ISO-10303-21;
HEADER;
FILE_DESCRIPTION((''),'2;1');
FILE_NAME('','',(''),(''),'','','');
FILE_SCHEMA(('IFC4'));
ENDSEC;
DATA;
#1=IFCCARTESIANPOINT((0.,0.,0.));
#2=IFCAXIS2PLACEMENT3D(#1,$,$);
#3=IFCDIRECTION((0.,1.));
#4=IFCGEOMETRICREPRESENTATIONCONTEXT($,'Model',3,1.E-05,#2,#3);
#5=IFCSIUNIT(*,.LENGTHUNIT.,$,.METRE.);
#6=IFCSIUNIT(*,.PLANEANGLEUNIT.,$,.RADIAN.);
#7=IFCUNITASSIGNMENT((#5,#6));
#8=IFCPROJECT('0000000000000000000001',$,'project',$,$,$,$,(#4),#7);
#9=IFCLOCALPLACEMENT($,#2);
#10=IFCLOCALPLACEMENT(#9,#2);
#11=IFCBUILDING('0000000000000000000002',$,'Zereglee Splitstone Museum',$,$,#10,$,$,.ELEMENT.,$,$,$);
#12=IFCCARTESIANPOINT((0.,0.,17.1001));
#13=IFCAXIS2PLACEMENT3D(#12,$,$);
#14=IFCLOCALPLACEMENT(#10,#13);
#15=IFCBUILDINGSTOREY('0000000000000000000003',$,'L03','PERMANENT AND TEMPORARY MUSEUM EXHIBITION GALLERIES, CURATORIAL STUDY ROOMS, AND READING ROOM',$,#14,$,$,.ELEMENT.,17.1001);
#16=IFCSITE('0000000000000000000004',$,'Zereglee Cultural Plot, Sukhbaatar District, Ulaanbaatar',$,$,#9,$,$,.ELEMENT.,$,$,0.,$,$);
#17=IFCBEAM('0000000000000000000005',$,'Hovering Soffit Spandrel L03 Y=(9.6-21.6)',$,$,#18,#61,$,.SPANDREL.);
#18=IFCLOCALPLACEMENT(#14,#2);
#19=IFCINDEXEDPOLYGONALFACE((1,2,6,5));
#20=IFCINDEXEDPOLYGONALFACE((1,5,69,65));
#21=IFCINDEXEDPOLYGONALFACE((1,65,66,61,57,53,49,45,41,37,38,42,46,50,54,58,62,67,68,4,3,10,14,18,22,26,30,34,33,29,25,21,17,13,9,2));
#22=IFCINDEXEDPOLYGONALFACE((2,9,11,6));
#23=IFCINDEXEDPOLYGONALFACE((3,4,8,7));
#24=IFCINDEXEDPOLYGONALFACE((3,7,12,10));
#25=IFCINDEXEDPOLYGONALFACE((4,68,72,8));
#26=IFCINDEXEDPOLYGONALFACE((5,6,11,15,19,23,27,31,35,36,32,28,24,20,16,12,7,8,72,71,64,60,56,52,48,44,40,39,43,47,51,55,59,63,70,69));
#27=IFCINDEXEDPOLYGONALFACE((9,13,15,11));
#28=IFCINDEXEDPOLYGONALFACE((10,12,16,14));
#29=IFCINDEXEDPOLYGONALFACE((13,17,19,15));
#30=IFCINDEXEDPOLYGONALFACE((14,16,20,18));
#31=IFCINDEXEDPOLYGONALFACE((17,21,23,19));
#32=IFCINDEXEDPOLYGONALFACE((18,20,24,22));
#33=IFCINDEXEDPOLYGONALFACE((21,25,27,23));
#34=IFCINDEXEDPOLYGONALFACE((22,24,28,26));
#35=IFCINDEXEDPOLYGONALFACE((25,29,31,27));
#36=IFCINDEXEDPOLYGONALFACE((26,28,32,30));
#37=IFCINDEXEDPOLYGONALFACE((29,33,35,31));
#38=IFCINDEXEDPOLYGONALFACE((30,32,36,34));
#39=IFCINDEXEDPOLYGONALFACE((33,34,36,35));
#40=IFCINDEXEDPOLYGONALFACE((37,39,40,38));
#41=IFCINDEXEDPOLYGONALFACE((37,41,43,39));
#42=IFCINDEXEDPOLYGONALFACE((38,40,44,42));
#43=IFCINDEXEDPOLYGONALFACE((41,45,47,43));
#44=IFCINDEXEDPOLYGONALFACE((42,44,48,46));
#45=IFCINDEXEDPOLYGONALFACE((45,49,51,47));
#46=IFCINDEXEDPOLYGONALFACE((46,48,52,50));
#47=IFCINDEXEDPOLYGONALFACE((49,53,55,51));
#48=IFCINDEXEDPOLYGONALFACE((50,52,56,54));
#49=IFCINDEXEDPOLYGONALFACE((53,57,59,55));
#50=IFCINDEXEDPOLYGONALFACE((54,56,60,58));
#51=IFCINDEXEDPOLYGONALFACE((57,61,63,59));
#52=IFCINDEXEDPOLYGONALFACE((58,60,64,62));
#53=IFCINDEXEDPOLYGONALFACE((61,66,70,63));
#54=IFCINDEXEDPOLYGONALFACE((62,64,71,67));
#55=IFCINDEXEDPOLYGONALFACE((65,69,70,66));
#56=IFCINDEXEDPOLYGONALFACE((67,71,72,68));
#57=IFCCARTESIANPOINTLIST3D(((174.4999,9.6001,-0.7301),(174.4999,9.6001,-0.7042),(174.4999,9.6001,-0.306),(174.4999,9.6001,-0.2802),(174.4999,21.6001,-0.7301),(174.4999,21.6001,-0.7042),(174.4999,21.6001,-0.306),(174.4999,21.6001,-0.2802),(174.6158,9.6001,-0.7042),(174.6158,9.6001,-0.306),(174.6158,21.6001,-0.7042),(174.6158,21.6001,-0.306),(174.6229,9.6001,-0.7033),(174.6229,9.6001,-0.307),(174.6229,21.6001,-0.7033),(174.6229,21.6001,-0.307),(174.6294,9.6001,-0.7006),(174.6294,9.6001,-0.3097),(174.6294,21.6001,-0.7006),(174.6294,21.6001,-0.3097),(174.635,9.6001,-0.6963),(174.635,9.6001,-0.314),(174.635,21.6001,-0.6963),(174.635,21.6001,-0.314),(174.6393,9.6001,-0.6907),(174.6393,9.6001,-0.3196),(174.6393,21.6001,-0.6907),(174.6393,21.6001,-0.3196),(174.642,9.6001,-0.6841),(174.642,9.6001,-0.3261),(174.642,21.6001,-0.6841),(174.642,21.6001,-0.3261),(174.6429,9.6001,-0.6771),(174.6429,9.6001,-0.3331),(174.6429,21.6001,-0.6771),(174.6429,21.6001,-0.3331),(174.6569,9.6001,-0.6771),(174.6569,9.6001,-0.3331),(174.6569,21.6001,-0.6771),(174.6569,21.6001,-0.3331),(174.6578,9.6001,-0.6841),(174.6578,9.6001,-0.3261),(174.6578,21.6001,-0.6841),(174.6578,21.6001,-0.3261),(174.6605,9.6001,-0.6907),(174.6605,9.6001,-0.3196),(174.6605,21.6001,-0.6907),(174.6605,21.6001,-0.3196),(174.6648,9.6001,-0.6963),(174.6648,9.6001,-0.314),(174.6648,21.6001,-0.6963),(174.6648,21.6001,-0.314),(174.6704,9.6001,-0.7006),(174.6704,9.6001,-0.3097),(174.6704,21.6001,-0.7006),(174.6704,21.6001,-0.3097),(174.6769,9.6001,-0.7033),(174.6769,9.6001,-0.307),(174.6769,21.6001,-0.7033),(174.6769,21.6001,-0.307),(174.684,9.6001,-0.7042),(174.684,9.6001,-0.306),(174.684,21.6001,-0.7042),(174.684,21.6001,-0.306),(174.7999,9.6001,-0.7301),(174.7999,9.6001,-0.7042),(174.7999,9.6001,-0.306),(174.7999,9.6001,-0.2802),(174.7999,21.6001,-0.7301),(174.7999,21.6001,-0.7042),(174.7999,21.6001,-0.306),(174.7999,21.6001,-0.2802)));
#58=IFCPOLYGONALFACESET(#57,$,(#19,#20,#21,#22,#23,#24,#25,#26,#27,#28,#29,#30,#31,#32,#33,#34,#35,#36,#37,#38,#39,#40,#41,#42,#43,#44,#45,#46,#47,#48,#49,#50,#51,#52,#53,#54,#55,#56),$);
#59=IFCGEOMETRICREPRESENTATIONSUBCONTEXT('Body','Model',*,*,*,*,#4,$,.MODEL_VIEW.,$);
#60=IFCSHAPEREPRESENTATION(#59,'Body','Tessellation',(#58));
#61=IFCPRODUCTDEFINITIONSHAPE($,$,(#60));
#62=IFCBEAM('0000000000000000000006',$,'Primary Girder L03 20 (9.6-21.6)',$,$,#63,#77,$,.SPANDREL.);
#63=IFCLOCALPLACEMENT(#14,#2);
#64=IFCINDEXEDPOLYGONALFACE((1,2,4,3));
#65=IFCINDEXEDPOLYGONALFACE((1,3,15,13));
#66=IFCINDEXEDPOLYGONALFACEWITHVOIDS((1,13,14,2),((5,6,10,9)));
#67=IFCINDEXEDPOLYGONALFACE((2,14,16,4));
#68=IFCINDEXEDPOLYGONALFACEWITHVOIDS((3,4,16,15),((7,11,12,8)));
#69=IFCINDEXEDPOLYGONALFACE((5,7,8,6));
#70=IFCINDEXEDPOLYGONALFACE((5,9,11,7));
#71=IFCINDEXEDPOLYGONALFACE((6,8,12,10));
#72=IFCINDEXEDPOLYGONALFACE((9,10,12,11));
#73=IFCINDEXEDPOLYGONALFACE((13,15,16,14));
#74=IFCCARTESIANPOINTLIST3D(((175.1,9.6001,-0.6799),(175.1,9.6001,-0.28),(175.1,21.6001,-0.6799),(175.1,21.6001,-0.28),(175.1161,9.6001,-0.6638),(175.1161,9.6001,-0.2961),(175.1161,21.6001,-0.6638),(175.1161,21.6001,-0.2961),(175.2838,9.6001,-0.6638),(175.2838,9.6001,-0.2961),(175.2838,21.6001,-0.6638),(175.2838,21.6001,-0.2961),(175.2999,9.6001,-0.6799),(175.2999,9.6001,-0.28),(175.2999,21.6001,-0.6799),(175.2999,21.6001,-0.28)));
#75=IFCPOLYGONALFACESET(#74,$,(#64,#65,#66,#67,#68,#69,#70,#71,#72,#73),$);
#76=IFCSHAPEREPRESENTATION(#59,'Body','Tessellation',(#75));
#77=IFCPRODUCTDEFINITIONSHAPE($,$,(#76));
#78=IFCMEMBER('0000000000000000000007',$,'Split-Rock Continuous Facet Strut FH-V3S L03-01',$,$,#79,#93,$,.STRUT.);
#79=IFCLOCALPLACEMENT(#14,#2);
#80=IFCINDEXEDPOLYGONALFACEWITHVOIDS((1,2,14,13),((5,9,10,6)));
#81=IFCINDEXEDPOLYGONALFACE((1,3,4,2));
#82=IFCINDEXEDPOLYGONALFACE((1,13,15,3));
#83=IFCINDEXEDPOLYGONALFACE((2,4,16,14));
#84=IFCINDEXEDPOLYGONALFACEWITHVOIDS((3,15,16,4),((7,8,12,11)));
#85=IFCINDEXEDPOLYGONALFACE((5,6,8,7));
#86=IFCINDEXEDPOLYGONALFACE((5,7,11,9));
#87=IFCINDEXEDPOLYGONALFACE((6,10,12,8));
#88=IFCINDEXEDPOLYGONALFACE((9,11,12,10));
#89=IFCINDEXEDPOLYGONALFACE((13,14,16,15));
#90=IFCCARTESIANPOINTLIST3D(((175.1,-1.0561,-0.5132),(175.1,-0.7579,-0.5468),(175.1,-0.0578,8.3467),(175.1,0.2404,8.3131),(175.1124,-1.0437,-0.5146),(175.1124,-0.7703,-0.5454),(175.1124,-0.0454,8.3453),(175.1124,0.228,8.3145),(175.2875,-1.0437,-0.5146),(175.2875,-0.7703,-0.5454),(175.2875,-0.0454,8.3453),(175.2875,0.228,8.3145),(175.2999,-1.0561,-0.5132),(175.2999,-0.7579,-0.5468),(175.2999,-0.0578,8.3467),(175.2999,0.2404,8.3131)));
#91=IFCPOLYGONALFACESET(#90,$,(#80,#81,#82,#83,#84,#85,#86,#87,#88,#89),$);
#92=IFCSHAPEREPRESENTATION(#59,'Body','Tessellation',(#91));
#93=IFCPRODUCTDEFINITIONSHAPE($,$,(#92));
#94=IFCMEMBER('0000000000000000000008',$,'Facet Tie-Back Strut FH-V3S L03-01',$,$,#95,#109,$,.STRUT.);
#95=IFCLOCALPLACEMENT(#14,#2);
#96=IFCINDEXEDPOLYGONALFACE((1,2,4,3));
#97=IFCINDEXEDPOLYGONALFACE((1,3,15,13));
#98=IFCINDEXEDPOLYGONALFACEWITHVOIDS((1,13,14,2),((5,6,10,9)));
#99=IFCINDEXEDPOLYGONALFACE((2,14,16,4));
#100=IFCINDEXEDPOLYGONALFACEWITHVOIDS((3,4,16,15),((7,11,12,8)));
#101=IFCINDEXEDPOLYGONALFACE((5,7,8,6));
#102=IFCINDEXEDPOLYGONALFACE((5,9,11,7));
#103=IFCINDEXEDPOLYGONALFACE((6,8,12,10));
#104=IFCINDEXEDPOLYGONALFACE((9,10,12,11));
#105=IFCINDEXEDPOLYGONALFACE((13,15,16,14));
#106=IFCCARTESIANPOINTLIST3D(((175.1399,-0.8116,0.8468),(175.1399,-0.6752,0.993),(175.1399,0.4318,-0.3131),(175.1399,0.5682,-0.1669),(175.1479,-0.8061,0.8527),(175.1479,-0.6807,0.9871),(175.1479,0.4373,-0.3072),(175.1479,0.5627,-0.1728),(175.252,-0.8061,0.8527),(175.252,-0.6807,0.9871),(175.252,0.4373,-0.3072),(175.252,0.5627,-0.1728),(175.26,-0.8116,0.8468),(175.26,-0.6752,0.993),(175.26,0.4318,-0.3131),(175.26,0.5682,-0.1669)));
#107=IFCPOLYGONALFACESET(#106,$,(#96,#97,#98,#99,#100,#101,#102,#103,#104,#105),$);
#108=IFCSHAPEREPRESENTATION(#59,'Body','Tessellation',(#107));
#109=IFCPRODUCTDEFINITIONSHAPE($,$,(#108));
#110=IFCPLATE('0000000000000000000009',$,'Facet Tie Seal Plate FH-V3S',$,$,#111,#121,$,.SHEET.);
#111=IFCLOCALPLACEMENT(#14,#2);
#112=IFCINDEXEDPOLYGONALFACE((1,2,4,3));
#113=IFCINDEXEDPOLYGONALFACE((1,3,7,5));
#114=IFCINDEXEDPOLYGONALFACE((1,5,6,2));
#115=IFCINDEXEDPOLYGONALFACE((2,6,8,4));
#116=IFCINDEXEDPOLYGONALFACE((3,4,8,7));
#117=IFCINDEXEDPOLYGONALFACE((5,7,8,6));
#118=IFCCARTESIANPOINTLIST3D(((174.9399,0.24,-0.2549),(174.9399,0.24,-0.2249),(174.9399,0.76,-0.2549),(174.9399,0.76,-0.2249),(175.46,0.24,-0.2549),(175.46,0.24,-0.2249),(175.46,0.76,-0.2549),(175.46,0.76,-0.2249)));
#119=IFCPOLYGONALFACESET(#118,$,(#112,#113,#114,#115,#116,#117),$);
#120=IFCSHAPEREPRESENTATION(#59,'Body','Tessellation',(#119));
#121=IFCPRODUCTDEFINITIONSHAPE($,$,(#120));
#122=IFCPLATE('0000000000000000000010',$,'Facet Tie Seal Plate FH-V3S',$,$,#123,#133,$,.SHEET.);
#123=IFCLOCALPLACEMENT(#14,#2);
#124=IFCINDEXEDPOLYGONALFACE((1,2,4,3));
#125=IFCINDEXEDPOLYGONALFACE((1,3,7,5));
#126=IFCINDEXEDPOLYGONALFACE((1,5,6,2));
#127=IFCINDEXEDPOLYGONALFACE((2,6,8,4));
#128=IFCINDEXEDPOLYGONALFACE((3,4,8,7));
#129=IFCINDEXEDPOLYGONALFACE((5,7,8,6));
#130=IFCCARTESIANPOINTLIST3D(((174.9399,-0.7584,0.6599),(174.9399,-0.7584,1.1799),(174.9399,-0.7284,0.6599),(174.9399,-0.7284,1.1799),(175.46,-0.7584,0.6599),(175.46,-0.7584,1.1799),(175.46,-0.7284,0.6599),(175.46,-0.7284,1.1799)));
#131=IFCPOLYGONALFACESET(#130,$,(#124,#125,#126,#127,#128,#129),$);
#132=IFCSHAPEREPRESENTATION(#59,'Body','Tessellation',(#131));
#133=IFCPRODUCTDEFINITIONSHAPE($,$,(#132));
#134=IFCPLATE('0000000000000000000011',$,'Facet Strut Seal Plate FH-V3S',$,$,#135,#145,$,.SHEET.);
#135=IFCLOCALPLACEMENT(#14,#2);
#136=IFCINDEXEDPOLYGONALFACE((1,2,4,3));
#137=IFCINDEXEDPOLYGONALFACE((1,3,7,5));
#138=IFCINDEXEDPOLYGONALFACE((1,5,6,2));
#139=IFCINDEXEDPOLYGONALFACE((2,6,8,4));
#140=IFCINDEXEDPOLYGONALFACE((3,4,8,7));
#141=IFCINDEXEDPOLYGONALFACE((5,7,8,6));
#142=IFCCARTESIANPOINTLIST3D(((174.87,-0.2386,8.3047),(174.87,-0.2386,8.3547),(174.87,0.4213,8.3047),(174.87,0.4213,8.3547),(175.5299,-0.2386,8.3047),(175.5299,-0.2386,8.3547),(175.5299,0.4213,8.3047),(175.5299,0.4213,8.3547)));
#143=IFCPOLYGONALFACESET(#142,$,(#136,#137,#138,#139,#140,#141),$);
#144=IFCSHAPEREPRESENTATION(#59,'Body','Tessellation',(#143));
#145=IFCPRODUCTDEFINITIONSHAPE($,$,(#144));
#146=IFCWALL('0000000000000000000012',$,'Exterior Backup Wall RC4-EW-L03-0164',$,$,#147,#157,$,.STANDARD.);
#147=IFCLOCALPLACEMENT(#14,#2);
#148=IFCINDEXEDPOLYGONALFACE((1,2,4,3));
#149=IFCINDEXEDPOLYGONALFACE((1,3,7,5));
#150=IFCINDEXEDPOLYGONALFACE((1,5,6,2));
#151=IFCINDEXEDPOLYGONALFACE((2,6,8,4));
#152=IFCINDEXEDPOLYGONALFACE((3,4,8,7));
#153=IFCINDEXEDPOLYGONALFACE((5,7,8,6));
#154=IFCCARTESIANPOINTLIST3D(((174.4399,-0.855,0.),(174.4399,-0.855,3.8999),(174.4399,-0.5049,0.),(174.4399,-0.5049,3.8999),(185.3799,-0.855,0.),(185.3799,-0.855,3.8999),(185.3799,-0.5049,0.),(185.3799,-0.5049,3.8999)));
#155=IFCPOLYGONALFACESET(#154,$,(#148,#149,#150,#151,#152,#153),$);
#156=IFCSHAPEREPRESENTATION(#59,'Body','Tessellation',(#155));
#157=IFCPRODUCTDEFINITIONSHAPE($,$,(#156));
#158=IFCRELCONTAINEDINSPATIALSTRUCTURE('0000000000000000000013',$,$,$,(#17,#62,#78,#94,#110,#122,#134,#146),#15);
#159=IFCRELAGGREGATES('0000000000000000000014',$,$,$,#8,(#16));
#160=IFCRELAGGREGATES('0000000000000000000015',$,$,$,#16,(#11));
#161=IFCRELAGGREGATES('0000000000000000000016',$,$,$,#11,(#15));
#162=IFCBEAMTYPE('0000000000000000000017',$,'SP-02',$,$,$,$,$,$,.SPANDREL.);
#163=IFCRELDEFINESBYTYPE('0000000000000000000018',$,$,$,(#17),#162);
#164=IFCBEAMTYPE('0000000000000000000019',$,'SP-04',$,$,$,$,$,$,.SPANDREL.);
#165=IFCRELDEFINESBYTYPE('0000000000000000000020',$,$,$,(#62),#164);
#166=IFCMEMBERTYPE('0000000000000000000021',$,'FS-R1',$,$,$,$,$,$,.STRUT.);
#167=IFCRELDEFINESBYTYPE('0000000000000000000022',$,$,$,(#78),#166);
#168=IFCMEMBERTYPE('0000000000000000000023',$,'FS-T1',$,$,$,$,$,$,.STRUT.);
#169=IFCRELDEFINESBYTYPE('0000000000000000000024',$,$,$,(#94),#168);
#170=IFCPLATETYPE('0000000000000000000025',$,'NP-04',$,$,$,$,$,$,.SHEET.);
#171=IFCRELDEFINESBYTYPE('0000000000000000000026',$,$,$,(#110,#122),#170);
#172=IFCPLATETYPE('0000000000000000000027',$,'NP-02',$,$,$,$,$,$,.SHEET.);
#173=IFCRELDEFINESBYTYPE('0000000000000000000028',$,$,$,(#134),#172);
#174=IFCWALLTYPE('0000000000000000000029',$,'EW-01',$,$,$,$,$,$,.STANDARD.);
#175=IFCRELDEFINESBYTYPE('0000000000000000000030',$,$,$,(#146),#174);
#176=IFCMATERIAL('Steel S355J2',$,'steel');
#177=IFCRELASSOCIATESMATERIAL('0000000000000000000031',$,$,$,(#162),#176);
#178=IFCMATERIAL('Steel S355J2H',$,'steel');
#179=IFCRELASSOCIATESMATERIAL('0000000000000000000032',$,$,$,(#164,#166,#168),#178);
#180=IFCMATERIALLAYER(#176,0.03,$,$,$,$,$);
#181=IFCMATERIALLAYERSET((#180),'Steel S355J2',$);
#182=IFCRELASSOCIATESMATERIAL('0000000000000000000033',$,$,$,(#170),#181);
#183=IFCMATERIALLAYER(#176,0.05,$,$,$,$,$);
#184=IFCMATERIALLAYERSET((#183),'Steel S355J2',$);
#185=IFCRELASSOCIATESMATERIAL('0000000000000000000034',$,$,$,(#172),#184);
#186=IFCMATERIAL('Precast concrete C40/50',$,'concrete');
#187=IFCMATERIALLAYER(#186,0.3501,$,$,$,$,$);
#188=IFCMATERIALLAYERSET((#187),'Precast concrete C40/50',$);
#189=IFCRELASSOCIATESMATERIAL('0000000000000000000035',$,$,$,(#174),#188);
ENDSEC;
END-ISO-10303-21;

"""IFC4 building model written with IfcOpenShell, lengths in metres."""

from ifc_helpers import new_model, si_unit, direction, frame, frame_2d, origin, origin_2d, place, context, subcontext, project, spatial, rectangle, hollow_rectangle, i_section, extrude, material, layer, layer_set, material_profile, profile_set, type_object, element, save


model = new_model("IFC4")

# Units and contexts
model_context = context("Model", 3, precision=1e-05, world=origin(), true_north=direction((0.0, 1.0)))
body_context = subcontext(model_context, "Body", "Model", "MODEL_VIEW")
ifc_project = project(units=[si_unit("LENGTHUNIT", "METRE"), si_unit("PLANEANGLEUNIT", "RADIAN")], contexts=[model_context])

# Site, building, storey
site_placement = place(None, origin())
site = spatial("IfcSite", under=ifc_project, at=site_placement, Name="Zereglee Cultural Plot, Sukhbaatar District, Ulaanbaatar", CompositionType="ELEMENT", RefElevation=0.0)
building_placement = place(site_placement, origin())
building = spatial("IfcBuilding", under=site, at=building_placement, Name="Zereglee Splitstone Museum", CompositionType="ELEMENT")
storey_placement = place(building_placement, frame((0.0, 0.0, 17.1001)))
storey = spatial("IfcBuildingStorey", under=building, at=storey_placement, Name="L03", Description="PERMANENT AND TEMPORARY MUSEUM EXHIBITION GALLERIES, CURATORIAL STUDY ROOMS, AND READING ROOM", CompositionType="ELEMENT", Elevation=17.1001)

# Shared definitions
ifc_material_1 = material(Name="Steel S355J2", Category="steel")

# Beams
ifc_material_profile_1 = material_profile(ifc_material_1, i_section(OverallWidth=0.3, OverallDepth=0.45, WebThickness=0.0139, FlangeThickness=0.0259, FilletRadius=0.0271, at=origin_2d()), Name="HE 450 B")
ifc_profile_set_1 = profile_set([ifc_material_profile_1], Name="Steel S355J2")
beam_type_1 = type_object("IfcBeamType", Name="SP-02", PredefinedType="SPANDREL", material=ifc_profile_set_1)
beam_1_placement = place(storey_placement, frame((174.6499, 9.6001, -0.5051), z_axis=(0.0, 1.0, 0.0), x_axis=(-1.0, 0.0, 0.0)))
element("IfcBeam", 1, at=beam_1_placement, inside=storey, type_object=beam_type_1, Name="Hovering Soffit Spandrel L03 Y=(9.6-21.6)", PredefinedType="SPANDREL", context=body_context, shape_type="SweptSolid", body=[
    extrude(i_section(OverallWidth=0.3, OverallDepth=0.45, WebThickness=0.0139, FlangeThickness=0.0259, FilletRadius=0.0271, at=origin_2d()), origin(), (0.0, 0.0, 1.0), 12.0),
])
ifc_material_2 = material(Name="Steel S355J2H", Category="steel")
ifc_material_profile_2 = material_profile(ifc_material_2, hollow_rectangle(XDim=0.2, YDim=0.3999, WallThickness=0.0161, at=origin_2d()), Name="RHS 400x200x16")
ifc_profile_set_2 = profile_set([ifc_material_profile_2], Name="Steel S355J2H")
beam_type_2 = type_object("IfcBeamType", Name="SP-04", PredefinedType="SPANDREL", material=ifc_profile_set_2)
beam_2_placement = place(storey_placement, frame((175.2, 9.6001, -0.48), z_axis=(0.0, 1.0, 0.0), x_axis=(-1.0, 0.0, 0.0)))
element("IfcBeam", 2, at=beam_2_placement, inside=storey, type_object=beam_type_2, Name="Primary Girder L03 20 (9.6-21.6)", PredefinedType="SPANDREL", context=body_context, shape_type="SweptSolid", body=[
    extrude(hollow_rectangle(XDim=0.2, YDim=0.3999, WallThickness=0.0161, at=origin_2d()), origin(), (0.0, 0.0, 1.0), 12.0),
])

# Members
ifc_material_profile_3 = material_profile(ifc_material_2, hollow_rectangle(XDim=0.2, YDim=0.3, WallThickness=0.0125, at=origin_2d()), Name="RHS 300x200x12.5")
ifc_profile_set_3 = profile_set([ifc_material_profile_3], Name="Steel S355J2H")
member_type_1 = type_object("IfcMemberType", Name="FS-R1", PredefinedType="STRUT", material=ifc_profile_set_3)
member_1_placement = place(storey_placement, frame((175.2, -0.907, -0.53), z_axis=(0.0, 0.111967, 0.993712), x_axis=(-1.0, 0.0, 0.0)))
element("IfcMember", 3, at=member_1_placement, inside=storey, type_object=member_type_1, Name="Split-Rock Continuous Facet Strut FH-V3S L03-01", PredefinedType="STRUT", context=body_context, shape_type="SweptSolid", body=[
    extrude(hollow_rectangle(XDim=0.2, YDim=0.3, WallThickness=0.0125, at=origin_2d()), origin(), (0.0, 0.0, 1.0), 8.916),
])
ifc_material_profile_4 = material_profile(ifc_material_2, hollow_rectangle(XDim=0.1201, YDim=0.2, WallThickness=0.0081, at=origin_2d()), Name="RHS 200x120x8")
ifc_profile_set_4 = profile_set([ifc_material_profile_4], Name="Steel S355J2H")
member_type_2 = type_object("IfcMemberType", Name="FS-T1", PredefinedType="STRUT", material=ifc_profile_set_4)
member_2_placement = place(storey_placement, frame((175.2, 0.5, -0.24), z_axis=(0.0, -0.731232, 0.682129), x_axis=(1.0, 0.0, 0.0)))
element("IfcMember", 4, at=member_2_placement, inside=storey, type_object=member_type_2, Name="Facet Tie-Back Strut FH-V3S L03-01", PredefinedType="STRUT", context=body_context, shape_type="SweptSolid", body=[
    extrude(hollow_rectangle(XDim=0.1201, YDim=0.2, WallThickness=0.0081, at=origin_2d()), origin(), (0.0, 0.0, 1.0), 1.7004),
])

# Plates
ifc_layer_1 = layer(ifc_material_1, 0.03)
ifc_layer_set_1 = layer_set([ifc_layer_1], Name="Steel S355J2")
plate_type_1 = type_object("IfcPlateType", Name="NP-04", PredefinedType="SHEET", material=ifc_layer_set_1)
plate_1_placement = place(storey_placement, frame((175.2, 0.5, -0.2549), z_axis=(0.0, 0.0, 1.0), x_axis=(1.0, 0.0, 0.0)))
element("IfcPlate", 5, at=plate_1_placement, inside=storey, type_object=plate_type_1, Name="Facet Tie Seal Plate FH-V3S", PredefinedType="SHEET", context=body_context, shape_type="SweptSolid", body=[
    extrude(rectangle(XDim=0.52, YDim=0.52, at=origin_2d()), origin(), (0.0, 0.0, 1.0), 0.03),
])
plate_2_placement = place(storey_placement, frame((175.2, -0.7434, 0.6599), z_axis=(0.0, 0.0, 1.0), x_axis=(1.0, 0.0, 0.0)))
element("IfcPlate", 6, at=plate_2_placement, inside=storey, type_object=plate_type_1, Name="Facet Tie Seal Plate FH-V3S", PredefinedType="SHEET", context=body_context, shape_type="SweptSolid", body=[
    extrude(rectangle(XDim=0.52, YDim=0.03, at=origin_2d()), origin(), (0.0, 0.0, 1.0), 0.52),
])
ifc_layer_2 = layer(ifc_material_1, 0.05)
ifc_layer_set_2 = layer_set([ifc_layer_2], Name="Steel S355J2")
plate_type_2 = type_object("IfcPlateType", Name="NP-02", PredefinedType="SHEET", material=ifc_layer_set_2)
plate_3_placement = place(storey_placement, frame((175.2, 0.0913, 8.3047), z_axis=(0.0, 0.0, 1.0), x_axis=(1.0, 0.0, 0.0)))
element("IfcPlate", 7, at=plate_3_placement, inside=storey, type_object=plate_type_2, Name="Facet Strut Seal Plate FH-V3S", PredefinedType="SHEET", context=body_context, shape_type="SweptSolid", body=[
    extrude(rectangle(XDim=0.6599, YDim=0.6599, at=origin_2d()), origin(), (0.0, 0.0, 1.0), 0.05),
])

# Wall
ifc_material_3 = material(Name="Precast concrete C40/50", Category="concrete")
ifc_layer_3 = layer(ifc_material_3, 0.3501)
ifc_layer_set_3 = layer_set([ifc_layer_3], Name="Precast concrete C40/50")
wall_type_1 = type_object("IfcWallType", Name="EW-01", PredefinedType="STANDARD", material=ifc_layer_set_3)
wall_1_placement = place(storey_placement, frame((174.4399, -0.6799, 0.0), z_axis=(0.0, 0.0, 1.0), x_axis=(1.0, 0.0, 0.0)))
element("IfcWall", 8, at=wall_1_placement, inside=storey, type_object=wall_type_1, Name="Exterior Backup Wall RC4-EW-L03-0164", PredefinedType="STANDARD", context=body_context, shape_type="SweptSolid", body=[
    extrude(rectangle(XDim=10.9399, YDim=0.3501, at=frame_2d((5.47, 0.0))), origin(), (0.0, 0.0, 1.0), 3.8999),
])

save(model, "model.ifc")
